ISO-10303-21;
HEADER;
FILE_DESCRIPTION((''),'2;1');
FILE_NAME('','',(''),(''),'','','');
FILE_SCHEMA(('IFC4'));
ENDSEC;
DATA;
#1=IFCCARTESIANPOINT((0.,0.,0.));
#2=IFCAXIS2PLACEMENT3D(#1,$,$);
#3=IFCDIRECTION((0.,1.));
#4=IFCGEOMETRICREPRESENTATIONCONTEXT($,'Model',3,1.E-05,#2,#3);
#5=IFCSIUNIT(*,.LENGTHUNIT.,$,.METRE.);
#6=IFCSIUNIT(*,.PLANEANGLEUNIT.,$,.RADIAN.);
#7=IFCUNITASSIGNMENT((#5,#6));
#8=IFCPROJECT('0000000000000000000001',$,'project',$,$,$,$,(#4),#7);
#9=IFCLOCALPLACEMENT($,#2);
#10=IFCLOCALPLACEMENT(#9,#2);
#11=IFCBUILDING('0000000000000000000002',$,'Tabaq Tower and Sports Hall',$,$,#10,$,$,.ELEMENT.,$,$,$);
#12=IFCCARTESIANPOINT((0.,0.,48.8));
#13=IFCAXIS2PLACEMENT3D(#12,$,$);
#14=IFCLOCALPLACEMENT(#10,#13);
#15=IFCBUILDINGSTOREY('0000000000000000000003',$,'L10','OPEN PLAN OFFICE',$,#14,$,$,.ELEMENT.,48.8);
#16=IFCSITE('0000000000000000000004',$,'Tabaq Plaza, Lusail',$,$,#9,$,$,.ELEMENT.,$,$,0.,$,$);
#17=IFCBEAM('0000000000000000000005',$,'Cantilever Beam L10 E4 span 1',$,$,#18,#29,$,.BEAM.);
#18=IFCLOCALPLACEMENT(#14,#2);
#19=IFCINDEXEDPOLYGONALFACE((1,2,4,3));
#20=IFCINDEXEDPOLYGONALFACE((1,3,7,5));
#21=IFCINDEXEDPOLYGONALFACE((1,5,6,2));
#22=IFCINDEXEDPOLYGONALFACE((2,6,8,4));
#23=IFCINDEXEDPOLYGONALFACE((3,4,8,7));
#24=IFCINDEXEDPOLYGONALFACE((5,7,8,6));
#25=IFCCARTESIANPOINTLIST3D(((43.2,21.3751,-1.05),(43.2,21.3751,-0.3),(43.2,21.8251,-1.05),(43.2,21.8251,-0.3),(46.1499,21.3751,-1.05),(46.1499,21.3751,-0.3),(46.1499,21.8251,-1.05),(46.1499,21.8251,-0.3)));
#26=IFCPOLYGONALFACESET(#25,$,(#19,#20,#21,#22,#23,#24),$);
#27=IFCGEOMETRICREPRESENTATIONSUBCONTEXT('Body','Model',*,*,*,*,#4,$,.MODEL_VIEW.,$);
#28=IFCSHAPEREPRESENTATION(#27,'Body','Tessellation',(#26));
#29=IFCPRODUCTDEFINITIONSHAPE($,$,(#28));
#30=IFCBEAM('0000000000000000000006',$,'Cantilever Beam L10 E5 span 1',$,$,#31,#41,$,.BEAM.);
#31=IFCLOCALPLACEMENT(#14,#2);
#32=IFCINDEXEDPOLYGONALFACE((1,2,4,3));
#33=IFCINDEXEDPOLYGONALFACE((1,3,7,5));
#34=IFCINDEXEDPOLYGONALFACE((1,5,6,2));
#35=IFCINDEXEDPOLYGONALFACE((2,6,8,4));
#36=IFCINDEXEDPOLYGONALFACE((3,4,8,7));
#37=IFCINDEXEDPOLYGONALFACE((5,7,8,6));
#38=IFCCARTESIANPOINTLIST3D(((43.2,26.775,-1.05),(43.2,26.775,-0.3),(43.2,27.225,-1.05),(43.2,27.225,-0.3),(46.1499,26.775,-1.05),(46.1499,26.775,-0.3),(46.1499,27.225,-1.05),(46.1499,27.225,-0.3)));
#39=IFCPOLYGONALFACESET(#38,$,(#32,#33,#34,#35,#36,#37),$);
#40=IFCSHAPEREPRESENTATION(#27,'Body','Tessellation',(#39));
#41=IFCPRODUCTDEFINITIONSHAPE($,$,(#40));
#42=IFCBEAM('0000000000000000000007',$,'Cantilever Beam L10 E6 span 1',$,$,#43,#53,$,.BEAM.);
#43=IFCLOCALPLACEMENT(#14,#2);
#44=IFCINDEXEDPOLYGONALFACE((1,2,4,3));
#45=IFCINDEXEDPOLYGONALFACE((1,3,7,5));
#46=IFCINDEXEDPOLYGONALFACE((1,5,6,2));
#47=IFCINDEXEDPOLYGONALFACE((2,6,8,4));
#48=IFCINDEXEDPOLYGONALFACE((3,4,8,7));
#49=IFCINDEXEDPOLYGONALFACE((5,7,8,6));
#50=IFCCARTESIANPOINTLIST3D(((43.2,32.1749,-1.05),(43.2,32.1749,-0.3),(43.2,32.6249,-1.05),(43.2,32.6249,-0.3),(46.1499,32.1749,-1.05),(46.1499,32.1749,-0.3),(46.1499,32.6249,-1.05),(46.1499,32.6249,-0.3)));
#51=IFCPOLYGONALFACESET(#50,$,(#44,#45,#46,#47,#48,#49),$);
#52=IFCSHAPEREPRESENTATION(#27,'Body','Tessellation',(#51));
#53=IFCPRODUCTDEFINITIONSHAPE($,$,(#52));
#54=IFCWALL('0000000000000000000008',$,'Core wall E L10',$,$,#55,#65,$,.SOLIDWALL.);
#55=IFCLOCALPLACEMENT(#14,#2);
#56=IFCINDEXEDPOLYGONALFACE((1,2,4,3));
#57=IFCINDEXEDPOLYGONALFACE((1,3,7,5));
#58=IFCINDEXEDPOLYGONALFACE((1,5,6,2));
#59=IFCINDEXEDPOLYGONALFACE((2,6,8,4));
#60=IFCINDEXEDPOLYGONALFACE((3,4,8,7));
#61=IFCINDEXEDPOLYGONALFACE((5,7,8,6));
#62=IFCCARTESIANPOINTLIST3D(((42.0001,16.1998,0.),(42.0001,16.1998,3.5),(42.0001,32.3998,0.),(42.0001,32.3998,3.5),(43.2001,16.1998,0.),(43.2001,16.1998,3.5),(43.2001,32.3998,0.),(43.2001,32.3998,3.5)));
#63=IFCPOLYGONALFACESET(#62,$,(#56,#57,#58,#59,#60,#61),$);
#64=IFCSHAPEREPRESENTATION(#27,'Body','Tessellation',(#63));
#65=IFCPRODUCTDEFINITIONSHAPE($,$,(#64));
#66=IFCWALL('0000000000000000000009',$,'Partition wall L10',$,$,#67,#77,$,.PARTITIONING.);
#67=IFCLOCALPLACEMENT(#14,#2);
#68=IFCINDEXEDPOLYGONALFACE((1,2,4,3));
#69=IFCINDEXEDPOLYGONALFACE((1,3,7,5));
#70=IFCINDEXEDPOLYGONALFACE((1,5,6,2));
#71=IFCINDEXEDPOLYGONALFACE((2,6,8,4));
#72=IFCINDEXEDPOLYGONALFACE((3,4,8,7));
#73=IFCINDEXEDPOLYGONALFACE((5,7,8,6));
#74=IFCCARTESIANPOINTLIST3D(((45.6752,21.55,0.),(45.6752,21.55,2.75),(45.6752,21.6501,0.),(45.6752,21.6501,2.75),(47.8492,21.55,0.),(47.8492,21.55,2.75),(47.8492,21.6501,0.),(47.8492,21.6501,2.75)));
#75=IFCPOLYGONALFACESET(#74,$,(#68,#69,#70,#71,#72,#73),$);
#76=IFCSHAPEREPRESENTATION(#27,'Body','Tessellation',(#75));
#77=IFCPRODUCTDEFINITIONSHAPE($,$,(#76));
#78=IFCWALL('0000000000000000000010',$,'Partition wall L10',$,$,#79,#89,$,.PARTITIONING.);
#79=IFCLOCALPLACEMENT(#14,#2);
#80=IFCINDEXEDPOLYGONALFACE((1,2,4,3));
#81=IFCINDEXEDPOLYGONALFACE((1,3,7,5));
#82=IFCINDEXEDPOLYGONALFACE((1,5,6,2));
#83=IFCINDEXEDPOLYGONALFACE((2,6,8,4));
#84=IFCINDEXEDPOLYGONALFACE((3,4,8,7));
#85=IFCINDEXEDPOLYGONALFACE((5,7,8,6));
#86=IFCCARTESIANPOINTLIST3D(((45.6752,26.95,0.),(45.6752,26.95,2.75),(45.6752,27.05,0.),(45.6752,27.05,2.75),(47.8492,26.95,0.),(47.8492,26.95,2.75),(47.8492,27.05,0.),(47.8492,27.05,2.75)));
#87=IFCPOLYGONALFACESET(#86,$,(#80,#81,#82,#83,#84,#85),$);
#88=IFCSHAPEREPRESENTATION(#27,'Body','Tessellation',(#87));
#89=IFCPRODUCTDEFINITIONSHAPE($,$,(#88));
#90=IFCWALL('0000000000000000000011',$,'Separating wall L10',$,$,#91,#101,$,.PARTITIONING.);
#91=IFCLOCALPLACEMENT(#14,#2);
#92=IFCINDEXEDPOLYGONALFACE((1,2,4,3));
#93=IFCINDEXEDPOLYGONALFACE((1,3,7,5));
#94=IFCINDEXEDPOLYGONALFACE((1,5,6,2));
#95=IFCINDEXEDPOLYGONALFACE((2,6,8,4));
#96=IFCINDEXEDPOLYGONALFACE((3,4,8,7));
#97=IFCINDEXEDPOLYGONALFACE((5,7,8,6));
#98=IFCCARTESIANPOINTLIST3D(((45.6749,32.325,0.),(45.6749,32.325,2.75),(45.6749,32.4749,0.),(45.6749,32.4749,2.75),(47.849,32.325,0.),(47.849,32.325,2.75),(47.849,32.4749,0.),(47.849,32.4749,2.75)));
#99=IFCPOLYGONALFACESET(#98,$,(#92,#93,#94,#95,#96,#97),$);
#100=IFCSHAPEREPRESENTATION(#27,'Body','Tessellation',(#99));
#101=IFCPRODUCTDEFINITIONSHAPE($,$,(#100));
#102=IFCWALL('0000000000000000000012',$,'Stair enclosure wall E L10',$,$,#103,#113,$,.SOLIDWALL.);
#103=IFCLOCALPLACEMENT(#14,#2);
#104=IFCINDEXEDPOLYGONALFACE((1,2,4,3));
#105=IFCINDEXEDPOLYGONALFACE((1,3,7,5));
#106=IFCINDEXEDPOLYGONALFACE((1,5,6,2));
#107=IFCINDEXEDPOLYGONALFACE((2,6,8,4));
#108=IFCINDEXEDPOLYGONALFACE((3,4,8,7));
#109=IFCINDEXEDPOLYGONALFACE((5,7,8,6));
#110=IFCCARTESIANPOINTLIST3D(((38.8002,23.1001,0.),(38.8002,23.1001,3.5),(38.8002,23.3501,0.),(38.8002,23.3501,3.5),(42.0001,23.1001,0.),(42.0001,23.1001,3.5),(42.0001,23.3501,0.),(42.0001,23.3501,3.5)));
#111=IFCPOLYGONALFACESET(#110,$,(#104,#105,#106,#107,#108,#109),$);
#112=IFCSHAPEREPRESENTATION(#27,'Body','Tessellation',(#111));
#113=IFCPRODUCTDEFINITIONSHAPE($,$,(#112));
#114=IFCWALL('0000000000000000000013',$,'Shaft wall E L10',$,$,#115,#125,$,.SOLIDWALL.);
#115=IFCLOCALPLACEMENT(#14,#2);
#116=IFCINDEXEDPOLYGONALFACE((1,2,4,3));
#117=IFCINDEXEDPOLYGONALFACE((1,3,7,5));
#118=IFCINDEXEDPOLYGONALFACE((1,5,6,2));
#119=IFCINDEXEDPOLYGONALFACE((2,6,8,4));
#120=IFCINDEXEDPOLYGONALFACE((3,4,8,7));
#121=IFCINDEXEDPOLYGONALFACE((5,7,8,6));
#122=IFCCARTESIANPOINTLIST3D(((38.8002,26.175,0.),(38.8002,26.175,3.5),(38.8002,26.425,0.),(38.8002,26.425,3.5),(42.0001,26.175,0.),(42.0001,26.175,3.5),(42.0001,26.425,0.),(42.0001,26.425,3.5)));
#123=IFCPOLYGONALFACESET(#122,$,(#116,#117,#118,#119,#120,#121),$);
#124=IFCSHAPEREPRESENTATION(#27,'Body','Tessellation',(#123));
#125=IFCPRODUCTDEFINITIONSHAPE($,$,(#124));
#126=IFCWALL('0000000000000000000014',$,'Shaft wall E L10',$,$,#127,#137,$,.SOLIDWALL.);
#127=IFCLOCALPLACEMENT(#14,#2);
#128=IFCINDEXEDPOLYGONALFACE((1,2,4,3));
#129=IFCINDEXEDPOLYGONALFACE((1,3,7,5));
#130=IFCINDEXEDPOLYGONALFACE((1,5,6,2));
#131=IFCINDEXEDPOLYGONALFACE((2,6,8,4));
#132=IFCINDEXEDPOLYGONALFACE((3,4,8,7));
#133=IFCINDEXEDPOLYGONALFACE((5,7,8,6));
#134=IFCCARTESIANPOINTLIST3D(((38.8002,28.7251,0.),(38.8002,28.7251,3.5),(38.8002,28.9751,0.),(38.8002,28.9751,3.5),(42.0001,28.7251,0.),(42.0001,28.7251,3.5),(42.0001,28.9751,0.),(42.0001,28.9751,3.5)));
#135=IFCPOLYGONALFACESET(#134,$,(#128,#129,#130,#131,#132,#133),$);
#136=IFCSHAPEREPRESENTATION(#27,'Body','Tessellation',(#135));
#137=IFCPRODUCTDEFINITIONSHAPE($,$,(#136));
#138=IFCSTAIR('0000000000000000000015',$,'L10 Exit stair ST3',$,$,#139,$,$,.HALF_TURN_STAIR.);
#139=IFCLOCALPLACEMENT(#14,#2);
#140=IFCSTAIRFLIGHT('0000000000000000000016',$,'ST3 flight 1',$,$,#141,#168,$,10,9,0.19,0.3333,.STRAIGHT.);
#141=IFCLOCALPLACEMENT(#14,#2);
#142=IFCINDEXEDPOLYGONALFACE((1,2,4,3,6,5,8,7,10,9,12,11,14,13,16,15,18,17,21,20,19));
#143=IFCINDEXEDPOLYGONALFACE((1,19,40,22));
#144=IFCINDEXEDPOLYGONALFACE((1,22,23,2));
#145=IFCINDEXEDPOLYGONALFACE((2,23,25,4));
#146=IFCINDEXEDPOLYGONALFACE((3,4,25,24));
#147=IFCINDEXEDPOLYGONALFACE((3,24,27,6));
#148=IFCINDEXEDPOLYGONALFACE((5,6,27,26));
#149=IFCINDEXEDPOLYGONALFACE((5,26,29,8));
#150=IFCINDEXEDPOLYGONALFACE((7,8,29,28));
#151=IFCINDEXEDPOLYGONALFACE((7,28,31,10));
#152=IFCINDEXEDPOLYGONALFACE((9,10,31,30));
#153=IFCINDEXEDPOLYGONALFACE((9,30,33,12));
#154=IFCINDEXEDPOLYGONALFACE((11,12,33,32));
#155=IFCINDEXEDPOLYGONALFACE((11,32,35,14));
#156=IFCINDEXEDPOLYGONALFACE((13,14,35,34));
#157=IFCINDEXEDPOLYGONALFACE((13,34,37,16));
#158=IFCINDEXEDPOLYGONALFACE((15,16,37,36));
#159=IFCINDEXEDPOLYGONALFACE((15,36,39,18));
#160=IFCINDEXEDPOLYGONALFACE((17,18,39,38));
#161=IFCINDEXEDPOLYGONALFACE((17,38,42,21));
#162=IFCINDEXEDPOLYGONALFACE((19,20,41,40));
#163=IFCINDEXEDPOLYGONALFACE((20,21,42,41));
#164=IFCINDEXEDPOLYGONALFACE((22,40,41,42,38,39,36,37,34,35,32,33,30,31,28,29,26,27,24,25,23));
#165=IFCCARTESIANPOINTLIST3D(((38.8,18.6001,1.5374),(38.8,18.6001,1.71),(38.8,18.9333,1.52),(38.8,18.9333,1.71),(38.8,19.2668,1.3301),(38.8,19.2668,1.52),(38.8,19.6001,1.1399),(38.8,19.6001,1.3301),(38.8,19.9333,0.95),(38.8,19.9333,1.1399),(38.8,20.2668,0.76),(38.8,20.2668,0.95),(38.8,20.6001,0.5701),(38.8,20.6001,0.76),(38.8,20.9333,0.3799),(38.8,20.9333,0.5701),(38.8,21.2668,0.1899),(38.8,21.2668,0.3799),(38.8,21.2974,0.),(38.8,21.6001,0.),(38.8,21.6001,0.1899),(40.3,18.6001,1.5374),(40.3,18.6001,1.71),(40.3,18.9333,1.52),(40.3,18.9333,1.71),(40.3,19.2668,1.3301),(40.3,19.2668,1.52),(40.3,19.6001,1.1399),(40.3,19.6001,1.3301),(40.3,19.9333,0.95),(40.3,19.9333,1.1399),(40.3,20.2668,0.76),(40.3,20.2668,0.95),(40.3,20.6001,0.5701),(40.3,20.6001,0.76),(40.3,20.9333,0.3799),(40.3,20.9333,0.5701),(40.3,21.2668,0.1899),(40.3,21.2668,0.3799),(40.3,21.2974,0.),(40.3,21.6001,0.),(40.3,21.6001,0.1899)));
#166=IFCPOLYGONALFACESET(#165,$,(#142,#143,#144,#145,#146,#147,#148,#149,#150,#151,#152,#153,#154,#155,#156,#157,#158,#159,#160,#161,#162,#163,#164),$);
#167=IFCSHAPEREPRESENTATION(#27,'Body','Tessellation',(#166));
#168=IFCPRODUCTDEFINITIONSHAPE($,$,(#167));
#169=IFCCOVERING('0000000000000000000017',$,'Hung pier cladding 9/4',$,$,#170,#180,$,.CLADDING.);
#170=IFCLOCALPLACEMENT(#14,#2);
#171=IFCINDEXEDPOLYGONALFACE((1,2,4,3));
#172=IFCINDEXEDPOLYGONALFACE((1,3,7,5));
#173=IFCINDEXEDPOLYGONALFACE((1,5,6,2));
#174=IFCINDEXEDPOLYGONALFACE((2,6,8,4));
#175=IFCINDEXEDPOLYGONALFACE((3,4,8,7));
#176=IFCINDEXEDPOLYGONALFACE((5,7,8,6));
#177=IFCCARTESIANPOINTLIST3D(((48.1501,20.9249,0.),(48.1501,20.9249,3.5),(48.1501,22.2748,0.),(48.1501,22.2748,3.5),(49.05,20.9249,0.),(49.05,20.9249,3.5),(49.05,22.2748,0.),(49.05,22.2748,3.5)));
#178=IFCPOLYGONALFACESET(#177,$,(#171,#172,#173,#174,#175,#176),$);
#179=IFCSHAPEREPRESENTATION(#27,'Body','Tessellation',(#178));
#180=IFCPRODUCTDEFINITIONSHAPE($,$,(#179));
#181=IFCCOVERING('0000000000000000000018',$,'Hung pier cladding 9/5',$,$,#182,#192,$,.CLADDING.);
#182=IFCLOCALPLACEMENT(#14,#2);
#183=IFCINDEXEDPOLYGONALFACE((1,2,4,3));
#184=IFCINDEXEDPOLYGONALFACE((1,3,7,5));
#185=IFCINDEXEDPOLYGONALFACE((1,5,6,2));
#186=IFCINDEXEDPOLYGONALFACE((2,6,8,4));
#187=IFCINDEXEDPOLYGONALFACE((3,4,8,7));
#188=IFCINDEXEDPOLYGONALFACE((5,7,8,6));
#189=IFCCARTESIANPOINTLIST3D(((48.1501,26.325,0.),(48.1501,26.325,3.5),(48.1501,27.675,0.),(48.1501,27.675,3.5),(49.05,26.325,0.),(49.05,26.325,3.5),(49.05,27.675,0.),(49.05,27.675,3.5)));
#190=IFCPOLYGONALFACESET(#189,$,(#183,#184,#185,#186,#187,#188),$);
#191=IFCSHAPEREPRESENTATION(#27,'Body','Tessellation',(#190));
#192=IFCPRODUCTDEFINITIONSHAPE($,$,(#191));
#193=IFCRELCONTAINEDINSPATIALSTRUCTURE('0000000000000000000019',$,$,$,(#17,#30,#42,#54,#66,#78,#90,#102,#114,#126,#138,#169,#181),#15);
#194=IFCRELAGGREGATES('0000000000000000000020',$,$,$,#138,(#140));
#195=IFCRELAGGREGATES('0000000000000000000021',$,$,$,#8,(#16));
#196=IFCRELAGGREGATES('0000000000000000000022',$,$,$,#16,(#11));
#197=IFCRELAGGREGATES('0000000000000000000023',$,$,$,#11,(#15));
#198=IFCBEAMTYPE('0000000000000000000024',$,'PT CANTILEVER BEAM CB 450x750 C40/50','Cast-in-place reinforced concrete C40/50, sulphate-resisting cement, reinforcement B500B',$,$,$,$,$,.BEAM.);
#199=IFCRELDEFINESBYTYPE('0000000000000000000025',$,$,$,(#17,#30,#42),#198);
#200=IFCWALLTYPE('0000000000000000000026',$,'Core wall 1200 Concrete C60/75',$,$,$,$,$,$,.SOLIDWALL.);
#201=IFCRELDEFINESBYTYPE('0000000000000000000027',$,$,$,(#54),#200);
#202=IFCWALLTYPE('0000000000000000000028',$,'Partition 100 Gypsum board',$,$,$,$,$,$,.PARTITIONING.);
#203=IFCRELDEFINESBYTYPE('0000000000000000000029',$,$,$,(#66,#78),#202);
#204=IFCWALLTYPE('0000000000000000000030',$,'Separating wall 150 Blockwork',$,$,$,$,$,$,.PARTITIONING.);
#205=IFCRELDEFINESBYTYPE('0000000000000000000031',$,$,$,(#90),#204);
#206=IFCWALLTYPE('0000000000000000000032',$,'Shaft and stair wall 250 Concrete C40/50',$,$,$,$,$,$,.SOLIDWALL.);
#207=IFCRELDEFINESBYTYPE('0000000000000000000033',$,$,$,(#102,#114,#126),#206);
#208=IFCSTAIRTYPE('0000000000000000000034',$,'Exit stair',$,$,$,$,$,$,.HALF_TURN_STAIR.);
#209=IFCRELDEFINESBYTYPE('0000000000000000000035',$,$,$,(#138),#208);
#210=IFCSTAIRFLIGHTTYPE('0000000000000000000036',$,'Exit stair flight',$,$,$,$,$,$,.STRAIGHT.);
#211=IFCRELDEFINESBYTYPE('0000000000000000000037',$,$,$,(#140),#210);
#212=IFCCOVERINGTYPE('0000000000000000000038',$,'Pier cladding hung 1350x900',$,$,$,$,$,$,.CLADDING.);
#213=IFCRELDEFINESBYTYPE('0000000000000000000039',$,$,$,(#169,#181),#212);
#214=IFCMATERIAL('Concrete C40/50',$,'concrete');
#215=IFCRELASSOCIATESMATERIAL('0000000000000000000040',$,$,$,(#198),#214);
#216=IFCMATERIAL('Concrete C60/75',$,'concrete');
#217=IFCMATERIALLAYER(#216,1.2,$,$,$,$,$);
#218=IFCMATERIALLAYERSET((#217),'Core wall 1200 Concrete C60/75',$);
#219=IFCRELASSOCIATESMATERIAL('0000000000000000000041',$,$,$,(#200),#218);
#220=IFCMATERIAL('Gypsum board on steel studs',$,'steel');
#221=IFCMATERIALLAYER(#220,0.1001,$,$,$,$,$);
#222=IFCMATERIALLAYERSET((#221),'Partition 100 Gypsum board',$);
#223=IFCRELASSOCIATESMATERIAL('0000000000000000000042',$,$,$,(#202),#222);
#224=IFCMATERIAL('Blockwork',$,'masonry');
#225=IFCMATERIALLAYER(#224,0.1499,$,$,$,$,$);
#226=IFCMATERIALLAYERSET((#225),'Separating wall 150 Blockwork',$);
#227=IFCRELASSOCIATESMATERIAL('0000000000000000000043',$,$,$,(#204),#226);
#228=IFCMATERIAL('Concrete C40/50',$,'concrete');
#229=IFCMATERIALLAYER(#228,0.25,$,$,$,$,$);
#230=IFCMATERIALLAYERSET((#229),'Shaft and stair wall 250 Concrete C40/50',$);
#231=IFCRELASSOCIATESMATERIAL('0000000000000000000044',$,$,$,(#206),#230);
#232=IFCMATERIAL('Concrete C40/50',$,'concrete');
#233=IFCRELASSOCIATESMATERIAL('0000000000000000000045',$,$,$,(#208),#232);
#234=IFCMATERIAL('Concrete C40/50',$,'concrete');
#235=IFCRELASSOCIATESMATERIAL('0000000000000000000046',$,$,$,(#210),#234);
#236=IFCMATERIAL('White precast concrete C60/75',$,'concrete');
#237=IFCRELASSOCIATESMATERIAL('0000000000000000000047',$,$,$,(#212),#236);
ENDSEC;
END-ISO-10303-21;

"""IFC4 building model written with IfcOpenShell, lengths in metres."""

from ifc_helpers import new_model, si_unit, direction, frame, frame_2d, origin, origin_2d, place, context, subcontext, project, spatial, polyline, rectangle, outline, extrude, material, layer, layer_set, material_profile, profile_set, type_object, element, aggregate, save


model = new_model("IFC4")

# Units and contexts
model_context = context("Model", 3, precision=1e-05, world=origin(), true_north=direction((0.0, 1.0)))
body_context = subcontext(model_context, "Body", "Model", "MODEL_VIEW")
ifc_project = project(units=[si_unit("LENGTHUNIT", "METRE"), si_unit("PLANEANGLEUNIT", "RADIAN")], contexts=[model_context])

# Site, building, storey
site_placement = place(None, origin())
site = spatial("IfcSite", under=ifc_project, at=site_placement, Name="Tabaq Plaza, Lusail", CompositionType="ELEMENT", RefElevation=0.0)
building_placement = place(site_placement, origin())
building = spatial("IfcBuilding", under=site, at=building_placement, Name="Tabaq Tower and Sports Hall", CompositionType="ELEMENT")
storey_placement = place(building_placement, frame((0.0, 0.0, 48.8)))
storey = spatial("IfcBuildingStorey", under=building, at=storey_placement, Name="L10", Description="OPEN PLAN OFFICE", CompositionType="ELEMENT", Elevation=48.8)

# Beams
ifc_material_1 = material(Name="Concrete C40/50", Category="concrete")
ifc_material_profile = material_profile(ifc_material_1, rectangle(XDim=0.45, YDim=0.75, at=origin_2d()), Name="CB 450x750")
ifc_profile_set = profile_set([ifc_material_profile], Name="Concrete C40/50")
beam_type = type_object("IfcBeamType", Name="PT CANTILEVER BEAM CB 450x750 C40/50", Description="Cast-in-place reinforced concrete C40/50, sulphate-resisting cement, reinforcement B500B", PredefinedType="BEAM", material=ifc_profile_set)
for number, where, z_axis, x_axis, name in (
    (1, (46.1499, 21.6001, -0.675), (-1.0, 0.0, 0.0), (0.0, -1.0, 0.0), "Cantilever Beam L10 E4 span 1"),
    (2, (46.1499, 27.0, -0.675), (-1.0, 0.0, 0.0), (0.0, -1.0, 0.0), "Cantilever Beam L10 E5 span 1"),
    (3, (46.1499, 32.3999, -0.675), (-1.0, 0.0, 0.0), (0.0, -1.0, 0.0), "Cantilever Beam L10 E6 span 1"),
):
    element("IfcBeam", number, at=place(storey_placement, frame(where, z_axis=z_axis, x_axis=x_axis)), inside=storey, type_object=beam_type, Name=name, PredefinedType="BEAM", context=body_context, shape_type="SweptSolid", body=[
        extrude(rectangle(XDim=0.45, YDim=0.75, at=origin_2d()), origin(), (0.0, 0.0, 1.0), 2.95),
    ])

# Walls
ifc_material_2 = material(Name="Concrete C60/75", Category="concrete")
ifc_layer_1 = layer(ifc_material_2, 1.2)
ifc_layer_set_1 = layer_set([ifc_layer_1], Name="Core wall 1200 Concrete C60/75")
wall_type_1 = type_object("IfcWallType", Name="Core wall 1200 Concrete C60/75", PredefinedType="SOLIDWALL", material=ifc_layer_set_1)
wall_1_placement = place(storey_placement, frame((42.6001, 32.3999, 0.0), z_axis=(0.0, 0.0, 1.0), x_axis=(0.0, -1.0, 0.0)))
element("IfcWall", 4, at=wall_1_placement, inside=storey, type_object=wall_type_1, Name="Core wall E L10", PredefinedType="SOLIDWALL", context=body_context, shape_type="SweptSolid", body=[
    extrude(rectangle(XDim=16.2, YDim=1.2, at=frame_2d((8.1001, 0.0))), origin(), (0.0, 0.0, 1.0), 3.5),
])
ifc_material_3 = material(Name="Gypsum board on steel studs", Category="steel")
ifc_layer_2 = layer(ifc_material_3, 0.1001)
ifc_layer_set_2 = layer_set([ifc_layer_2], Name="Partition 100 Gypsum board")
wall_type_2 = type_object("IfcWallType", Name="Partition 100 Gypsum board", PredefinedType="PARTITIONING", material=ifc_layer_set_2)
for number, where, z_axis, x_axis, name in (
    (5, (47.8491, 21.6001, 0.0), (0.0, 0.0, 1.0), (-1.0, 0.0, 0.0), "Partition wall L10"),
    (6, (47.8491, 27.0, 0.0), (0.0, 0.0, 1.0), (-1.0, 0.0, 0.0), "Partition wall L10"),
):
    element("IfcWall", number, at=place(storey_placement, frame(where, z_axis=z_axis, x_axis=x_axis)), inside=storey, type_object=wall_type_2, Name=name, PredefinedType="PARTITIONING", context=body_context, shape_type="SweptSolid", body=[
        extrude(rectangle(XDim=2.1741, YDim=0.1001, at=frame_2d((1.0869, 0.0))), origin(), (0.0, 0.0, 1.0), 2.75),
    ])
ifc_material_4 = material(Name="Blockwork", Category="masonry")
ifc_layer_3 = layer(ifc_material_4, 0.1499)
ifc_layer_set_3 = layer_set([ifc_layer_3], Name="Separating wall 150 Blockwork")
wall_type_3 = type_object("IfcWallType", Name="Separating wall 150 Blockwork", PredefinedType="PARTITIONING", material=ifc_layer_set_3)
wall_2_placement = place(storey_placement, frame((45.675, 32.3999, 0.0), z_axis=(0.0, 0.0, 1.0), x_axis=(1.0, 0.0, 0.0)))
element("IfcWall", 7, at=wall_2_placement, inside=storey, type_object=wall_type_3, Name="Separating wall L10", PredefinedType="PARTITIONING", context=body_context, shape_type="SweptSolid", body=[
    extrude(rectangle(XDim=2.1741, YDim=0.1499, at=frame_2d((1.0869, 0.0))), origin(), (0.0, 0.0, 1.0), 2.75),
])
ifc_material_5 = material(Name="Concrete C40/50", Category="concrete")
ifc_layer_4 = layer(ifc_material_5, 0.25)
ifc_layer_set_4 = layer_set([ifc_layer_4], Name="Shaft and stair wall 250 Concrete C40/50")
wall_type_4 = type_object("IfcWallType", Name="Shaft and stair wall 250 Concrete C40/50", PredefinedType="SOLIDWALL", material=ifc_layer_set_4)
for number, where, z_axis, x_axis, name in (
    (8, (38.8, 23.2251, 0.0), (0.0, 0.0, 1.0), (1.0, 0.0, 0.0), "Stair enclosure wall E L10"),
    (9, (38.8, 26.3, 0.0), (0.0, 0.0, 1.0), (1.0, 0.0, 0.0), "Shaft wall E L10"),
    (10, (38.8, 28.8501, 0.0), (0.0, 0.0, 1.0), (1.0, 0.0, 0.0), "Shaft wall E L10"),
):
    element("IfcWall", number, at=place(storey_placement, frame(where, z_axis=z_axis, x_axis=x_axis)), inside=storey, type_object=wall_type_4, Name=name, PredefinedType="SOLIDWALL", context=body_context, shape_type="SweptSolid", body=[
        extrude(rectangle(XDim=3.2, YDim=0.25, at=frame_2d((1.6001, 0.0))), origin(), (0.0, 0.0, 1.0), 3.5),
    ])

# Stair, stair flight
ifc_material_6 = material(Name="Concrete C40/50", Category="concrete")
stair_type = type_object("IfcStairType", Name="Exit stair", PredefinedType="HALF_TURN_STAIR", material=ifc_material_6)
stair_placement = place(storey_placement, origin())
stair = element("IfcStair", 11, at=stair_placement, inside=storey, type_object=stair_type, Name="L10 Exit stair ST3", PredefinedType="HALF_TURN_STAIR")
ifc_material_7 = material(Name="Concrete C40/50", Category="concrete")
stair_flight_type = type_object("IfcStairFlightType", Name="Exit stair flight", PredefinedType="STRAIGHT", material=ifc_material_7)
stair_flight_placement = place(storey_placement, frame((39.55, 21.6001, 0.0), z_axis=(0.0, 0.0, 1.0), x_axis=(0.0, -1.0, 0.0)))
stair_flight = element("IfcStairFlight", 12, at=stair_flight_placement, type_object=stair_flight_type, Name="ST3 flight 1", NumberOfRisers=10, NumberOfTreads=9, PredefinedType="STRAIGHT", RiserHeight=0.19, TreadLength=0.3333, context=body_context, shape_type="SweptSolid", body=[
    extrude(outline(polyline([(0.0, 0.0), (0.0, 0.1899), (0.3333, 0.1899), (0.3333, 0.3799), (0.6667, 0.3799), (0.6667, 0.5701), (1.0, 0.5701), (1.0, 0.76), (1.3333, 0.76), (1.3333, 0.95), (1.6667, 0.95), (1.6667, 1.1399), (2.0, 1.1399), (2.0, 1.3301), (2.3333, 1.3301), (2.3333, 1.52), (2.6667, 1.52), (2.6667, 1.71), (3.0, 1.71), (3.0, 1.8999), (3.0, 1.5374), (0.3027, 0.0), (0.0, 0.0)])), frame((0.0, 0.75, 0.0), z_axis=(0.0, -1.0, 0.0), x_axis=(1.0, 0.0, 0.0)), (0.0, 0.0, 1.0), 1.5),
])
aggregate(stair, [stair_flight])

# Coverings
ifc_material_8 = material(Name="White precast concrete C60/75", Category="concrete")
covering_type_1 = type_object("IfcCoveringType", Name="Pier cladding hung 1350x900", PredefinedType="CLADDING", material=ifc_material_8)
covering_1_placement = place(storey_placement, frame((48.6001, 20.925, 0.0), z_axis=(0.0, 0.0, 1.0), x_axis=(0.0, 1.0, 0.0)))
element("IfcCovering", 13, at=covering_1_placement, inside=storey, type_object=covering_type_1, Name="Hung pier cladding 9/4", PredefinedType="CLADDING", context=body_context, shape_type="SweptSolid", body=[
    extrude(rectangle(XDim=1.3499, YDim=0.8999, at=frame_2d((0.6748, 0.0))), origin(), (0.0, 0.0, 1.0), 3.5),
])
covering_2_placement = place(storey_placement, frame((48.6001, 26.325, 0.0), z_axis=(0.0, 0.0, 1.0), x_axis=(0.0, 1.0, 0.0)))
element("IfcCovering", 14, at=covering_2_placement, inside=storey, type_object=covering_type_1, Name="Hung pier cladding 9/5", PredefinedType="CLADDING", context=body_context, shape_type="SweptSolid", body=[
    extrude(rectangle(XDim=1.3501, YDim=0.8999, at=frame_2d((0.675, 0.0))), origin(), (0.0, 0.0, 1.0), 3.5),
])

save(model, "model.ifc")
